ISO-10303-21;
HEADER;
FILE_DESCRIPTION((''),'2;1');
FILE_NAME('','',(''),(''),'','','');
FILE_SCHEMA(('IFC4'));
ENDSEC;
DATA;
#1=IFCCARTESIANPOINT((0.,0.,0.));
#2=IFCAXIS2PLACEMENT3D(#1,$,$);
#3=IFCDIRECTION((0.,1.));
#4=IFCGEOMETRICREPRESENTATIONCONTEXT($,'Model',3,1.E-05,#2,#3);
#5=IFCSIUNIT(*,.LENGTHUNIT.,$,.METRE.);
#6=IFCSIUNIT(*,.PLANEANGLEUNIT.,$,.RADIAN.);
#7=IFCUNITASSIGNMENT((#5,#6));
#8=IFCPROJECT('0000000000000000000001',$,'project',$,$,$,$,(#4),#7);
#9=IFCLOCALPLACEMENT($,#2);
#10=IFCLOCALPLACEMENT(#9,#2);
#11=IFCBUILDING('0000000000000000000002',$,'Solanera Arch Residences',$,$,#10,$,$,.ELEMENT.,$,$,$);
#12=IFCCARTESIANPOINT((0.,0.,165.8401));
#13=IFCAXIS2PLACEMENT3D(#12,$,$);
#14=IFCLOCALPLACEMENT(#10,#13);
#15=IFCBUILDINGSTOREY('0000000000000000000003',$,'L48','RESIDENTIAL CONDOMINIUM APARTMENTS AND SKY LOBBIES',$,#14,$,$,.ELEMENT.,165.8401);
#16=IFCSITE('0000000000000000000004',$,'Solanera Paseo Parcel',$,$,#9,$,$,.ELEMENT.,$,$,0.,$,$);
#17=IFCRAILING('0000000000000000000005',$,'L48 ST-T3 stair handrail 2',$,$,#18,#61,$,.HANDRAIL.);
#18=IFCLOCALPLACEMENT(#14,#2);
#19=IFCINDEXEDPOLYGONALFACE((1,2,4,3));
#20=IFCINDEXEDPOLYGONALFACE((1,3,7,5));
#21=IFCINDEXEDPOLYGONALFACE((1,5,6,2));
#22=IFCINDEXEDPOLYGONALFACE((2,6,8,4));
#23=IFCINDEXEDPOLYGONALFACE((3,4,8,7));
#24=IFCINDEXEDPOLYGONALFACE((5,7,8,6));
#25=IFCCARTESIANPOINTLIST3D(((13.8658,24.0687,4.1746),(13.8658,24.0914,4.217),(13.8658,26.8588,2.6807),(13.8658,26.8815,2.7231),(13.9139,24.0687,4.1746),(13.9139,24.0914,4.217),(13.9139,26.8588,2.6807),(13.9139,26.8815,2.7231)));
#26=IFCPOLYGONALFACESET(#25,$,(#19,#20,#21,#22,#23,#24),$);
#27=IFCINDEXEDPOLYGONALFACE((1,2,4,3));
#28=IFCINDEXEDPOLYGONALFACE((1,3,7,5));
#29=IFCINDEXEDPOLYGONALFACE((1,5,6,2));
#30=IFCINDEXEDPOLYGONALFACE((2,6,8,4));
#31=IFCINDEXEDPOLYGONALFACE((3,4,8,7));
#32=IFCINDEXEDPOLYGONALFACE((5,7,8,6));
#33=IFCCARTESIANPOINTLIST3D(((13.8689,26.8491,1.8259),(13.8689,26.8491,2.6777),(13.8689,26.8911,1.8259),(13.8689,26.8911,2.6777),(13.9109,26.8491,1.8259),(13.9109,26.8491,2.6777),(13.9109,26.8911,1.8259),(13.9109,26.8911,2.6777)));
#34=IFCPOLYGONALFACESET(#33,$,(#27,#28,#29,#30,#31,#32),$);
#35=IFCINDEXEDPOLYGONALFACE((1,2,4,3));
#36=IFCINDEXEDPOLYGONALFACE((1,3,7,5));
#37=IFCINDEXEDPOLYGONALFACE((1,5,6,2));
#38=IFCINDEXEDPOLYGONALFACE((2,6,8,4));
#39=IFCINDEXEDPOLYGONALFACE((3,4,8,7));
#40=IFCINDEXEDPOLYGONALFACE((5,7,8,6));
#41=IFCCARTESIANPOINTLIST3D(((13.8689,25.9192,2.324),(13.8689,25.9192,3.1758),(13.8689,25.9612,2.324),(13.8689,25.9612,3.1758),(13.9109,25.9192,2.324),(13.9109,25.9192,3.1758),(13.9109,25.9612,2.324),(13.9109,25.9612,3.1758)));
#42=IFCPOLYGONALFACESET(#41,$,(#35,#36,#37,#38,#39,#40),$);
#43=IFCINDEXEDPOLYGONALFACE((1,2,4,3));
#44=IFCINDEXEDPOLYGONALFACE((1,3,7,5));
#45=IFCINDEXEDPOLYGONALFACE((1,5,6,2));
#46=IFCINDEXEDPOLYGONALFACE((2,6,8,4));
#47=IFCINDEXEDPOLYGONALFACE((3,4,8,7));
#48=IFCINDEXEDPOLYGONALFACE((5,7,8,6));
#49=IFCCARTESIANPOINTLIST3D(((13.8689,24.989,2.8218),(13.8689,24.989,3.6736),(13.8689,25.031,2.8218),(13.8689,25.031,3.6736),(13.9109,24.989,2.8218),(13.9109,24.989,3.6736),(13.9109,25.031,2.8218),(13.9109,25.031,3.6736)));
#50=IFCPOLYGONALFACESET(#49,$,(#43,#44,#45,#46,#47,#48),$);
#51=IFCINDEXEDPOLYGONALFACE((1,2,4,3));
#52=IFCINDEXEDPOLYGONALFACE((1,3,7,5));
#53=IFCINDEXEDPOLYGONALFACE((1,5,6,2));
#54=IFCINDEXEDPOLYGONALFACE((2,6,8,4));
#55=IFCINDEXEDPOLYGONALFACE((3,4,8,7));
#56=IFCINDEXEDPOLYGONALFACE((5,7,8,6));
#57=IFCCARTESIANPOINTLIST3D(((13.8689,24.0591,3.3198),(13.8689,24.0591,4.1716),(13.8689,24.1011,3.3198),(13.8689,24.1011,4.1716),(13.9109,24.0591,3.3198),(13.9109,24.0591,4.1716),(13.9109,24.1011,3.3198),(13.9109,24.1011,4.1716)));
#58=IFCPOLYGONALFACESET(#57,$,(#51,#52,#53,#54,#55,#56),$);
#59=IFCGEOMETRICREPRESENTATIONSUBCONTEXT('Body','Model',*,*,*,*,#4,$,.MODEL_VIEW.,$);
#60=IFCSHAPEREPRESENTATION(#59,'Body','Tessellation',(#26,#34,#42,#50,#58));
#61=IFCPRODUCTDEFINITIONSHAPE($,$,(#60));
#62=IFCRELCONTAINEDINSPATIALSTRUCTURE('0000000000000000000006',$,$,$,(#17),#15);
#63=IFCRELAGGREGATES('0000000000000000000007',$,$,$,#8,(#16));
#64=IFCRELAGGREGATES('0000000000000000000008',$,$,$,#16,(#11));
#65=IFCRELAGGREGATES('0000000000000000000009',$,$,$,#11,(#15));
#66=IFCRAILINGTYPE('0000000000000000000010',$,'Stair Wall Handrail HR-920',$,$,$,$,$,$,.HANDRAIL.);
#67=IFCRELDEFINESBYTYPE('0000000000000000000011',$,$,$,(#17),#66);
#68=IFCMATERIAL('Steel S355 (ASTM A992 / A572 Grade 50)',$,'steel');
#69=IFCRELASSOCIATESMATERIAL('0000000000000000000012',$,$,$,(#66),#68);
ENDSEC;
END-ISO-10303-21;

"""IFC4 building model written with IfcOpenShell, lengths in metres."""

from ifc_helpers import new_model, si_unit, direction, frame, origin, origin_2d, place, context, subcontext, project, spatial, rectangle, extrude, material, type_object, element, save


model = new_model("IFC4")

# Units and contexts
model_context = context("Model", 3, precision=1e-05, world=origin(), true_north=direction((0.0, 1.0)))
body_context = subcontext(model_context, "Body", "Model", "MODEL_VIEW")
ifc_project = project(units=[si_unit("LENGTHUNIT", "METRE"), si_unit("PLANEANGLEUNIT", "RADIAN")], contexts=[model_context])

# Site, building, storey
site_placement = place(None, origin())
site = spatial("IfcSite", under=ifc_project, at=site_placement, Name="Solanera Paseo Parcel", CompositionType="ELEMENT", RefElevation=0.0)
building_placement = place(site_placement, origin())
building = spatial("IfcBuilding", under=site, at=building_placement, Name="Solanera Arch Residences", CompositionType="ELEMENT")
storey_placement = place(building_placement, frame((0.0, 0.0, 165.8401)))
storey = spatial("IfcBuildingStorey", under=building, at=storey_placement, Name="L48", Description="RESIDENTIAL CONDOMINIUM APARTMENTS AND SKY LOBBIES", CompositionType="ELEMENT", Elevation=165.8401)

# Railing
ifc_material_1 = material(Name="Steel S355 (ASTM A992 / A572 Grade 50)", Category="steel")
railing_type_1 = type_object("IfcRailingType", Name="Stair Wall Handrail HR-920", PredefinedType="HANDRAIL", material=ifc_material_1)
railing_1_placement = place(storey_placement, frame((13.8899, 26.8701, 1.8259)))
element("IfcRailing", 1, at=railing_1_placement, inside=storey, type_object=railing_type_1, Name="L48 ST-T3 stair handrail 2", PredefinedType="HANDRAIL", context=body_context, shape_type="SweptSolid", body=[
    extrude(rectangle(XDim=0.0481, YDim=0.0481, at=origin_2d()), frame((0.0, 0.0, 0.876), z_axis=(0.0, -0.881581, 0.472033), x_axis=(1.0, 0.0, 0.0)), (0.0, 0.0, 1.0), 3.1648),
    extrude(rectangle(XDim=0.042, YDim=0.042, at=origin_2d()), origin(), (0.0, 0.0, 1.0), 0.8518),
    extrude(rectangle(XDim=0.042, YDim=0.042, at=origin_2d()), frame((0.0, -0.9299, 0.498)), (0.0, 0.0, 1.0), 0.8518),
    extrude(rectangle(XDim=0.042, YDim=0.042, at=origin_2d()), frame((0.0, -1.8601, 0.9958)), (0.0, 0.0, 1.0), 0.8518),
    extrude(rectangle(XDim=0.042, YDim=0.042, at=origin_2d()), frame((0.0, -2.79, 1.4939)), (0.0, 0.0, 1.0), 0.8518),
])

save(model, "model.ifc")
